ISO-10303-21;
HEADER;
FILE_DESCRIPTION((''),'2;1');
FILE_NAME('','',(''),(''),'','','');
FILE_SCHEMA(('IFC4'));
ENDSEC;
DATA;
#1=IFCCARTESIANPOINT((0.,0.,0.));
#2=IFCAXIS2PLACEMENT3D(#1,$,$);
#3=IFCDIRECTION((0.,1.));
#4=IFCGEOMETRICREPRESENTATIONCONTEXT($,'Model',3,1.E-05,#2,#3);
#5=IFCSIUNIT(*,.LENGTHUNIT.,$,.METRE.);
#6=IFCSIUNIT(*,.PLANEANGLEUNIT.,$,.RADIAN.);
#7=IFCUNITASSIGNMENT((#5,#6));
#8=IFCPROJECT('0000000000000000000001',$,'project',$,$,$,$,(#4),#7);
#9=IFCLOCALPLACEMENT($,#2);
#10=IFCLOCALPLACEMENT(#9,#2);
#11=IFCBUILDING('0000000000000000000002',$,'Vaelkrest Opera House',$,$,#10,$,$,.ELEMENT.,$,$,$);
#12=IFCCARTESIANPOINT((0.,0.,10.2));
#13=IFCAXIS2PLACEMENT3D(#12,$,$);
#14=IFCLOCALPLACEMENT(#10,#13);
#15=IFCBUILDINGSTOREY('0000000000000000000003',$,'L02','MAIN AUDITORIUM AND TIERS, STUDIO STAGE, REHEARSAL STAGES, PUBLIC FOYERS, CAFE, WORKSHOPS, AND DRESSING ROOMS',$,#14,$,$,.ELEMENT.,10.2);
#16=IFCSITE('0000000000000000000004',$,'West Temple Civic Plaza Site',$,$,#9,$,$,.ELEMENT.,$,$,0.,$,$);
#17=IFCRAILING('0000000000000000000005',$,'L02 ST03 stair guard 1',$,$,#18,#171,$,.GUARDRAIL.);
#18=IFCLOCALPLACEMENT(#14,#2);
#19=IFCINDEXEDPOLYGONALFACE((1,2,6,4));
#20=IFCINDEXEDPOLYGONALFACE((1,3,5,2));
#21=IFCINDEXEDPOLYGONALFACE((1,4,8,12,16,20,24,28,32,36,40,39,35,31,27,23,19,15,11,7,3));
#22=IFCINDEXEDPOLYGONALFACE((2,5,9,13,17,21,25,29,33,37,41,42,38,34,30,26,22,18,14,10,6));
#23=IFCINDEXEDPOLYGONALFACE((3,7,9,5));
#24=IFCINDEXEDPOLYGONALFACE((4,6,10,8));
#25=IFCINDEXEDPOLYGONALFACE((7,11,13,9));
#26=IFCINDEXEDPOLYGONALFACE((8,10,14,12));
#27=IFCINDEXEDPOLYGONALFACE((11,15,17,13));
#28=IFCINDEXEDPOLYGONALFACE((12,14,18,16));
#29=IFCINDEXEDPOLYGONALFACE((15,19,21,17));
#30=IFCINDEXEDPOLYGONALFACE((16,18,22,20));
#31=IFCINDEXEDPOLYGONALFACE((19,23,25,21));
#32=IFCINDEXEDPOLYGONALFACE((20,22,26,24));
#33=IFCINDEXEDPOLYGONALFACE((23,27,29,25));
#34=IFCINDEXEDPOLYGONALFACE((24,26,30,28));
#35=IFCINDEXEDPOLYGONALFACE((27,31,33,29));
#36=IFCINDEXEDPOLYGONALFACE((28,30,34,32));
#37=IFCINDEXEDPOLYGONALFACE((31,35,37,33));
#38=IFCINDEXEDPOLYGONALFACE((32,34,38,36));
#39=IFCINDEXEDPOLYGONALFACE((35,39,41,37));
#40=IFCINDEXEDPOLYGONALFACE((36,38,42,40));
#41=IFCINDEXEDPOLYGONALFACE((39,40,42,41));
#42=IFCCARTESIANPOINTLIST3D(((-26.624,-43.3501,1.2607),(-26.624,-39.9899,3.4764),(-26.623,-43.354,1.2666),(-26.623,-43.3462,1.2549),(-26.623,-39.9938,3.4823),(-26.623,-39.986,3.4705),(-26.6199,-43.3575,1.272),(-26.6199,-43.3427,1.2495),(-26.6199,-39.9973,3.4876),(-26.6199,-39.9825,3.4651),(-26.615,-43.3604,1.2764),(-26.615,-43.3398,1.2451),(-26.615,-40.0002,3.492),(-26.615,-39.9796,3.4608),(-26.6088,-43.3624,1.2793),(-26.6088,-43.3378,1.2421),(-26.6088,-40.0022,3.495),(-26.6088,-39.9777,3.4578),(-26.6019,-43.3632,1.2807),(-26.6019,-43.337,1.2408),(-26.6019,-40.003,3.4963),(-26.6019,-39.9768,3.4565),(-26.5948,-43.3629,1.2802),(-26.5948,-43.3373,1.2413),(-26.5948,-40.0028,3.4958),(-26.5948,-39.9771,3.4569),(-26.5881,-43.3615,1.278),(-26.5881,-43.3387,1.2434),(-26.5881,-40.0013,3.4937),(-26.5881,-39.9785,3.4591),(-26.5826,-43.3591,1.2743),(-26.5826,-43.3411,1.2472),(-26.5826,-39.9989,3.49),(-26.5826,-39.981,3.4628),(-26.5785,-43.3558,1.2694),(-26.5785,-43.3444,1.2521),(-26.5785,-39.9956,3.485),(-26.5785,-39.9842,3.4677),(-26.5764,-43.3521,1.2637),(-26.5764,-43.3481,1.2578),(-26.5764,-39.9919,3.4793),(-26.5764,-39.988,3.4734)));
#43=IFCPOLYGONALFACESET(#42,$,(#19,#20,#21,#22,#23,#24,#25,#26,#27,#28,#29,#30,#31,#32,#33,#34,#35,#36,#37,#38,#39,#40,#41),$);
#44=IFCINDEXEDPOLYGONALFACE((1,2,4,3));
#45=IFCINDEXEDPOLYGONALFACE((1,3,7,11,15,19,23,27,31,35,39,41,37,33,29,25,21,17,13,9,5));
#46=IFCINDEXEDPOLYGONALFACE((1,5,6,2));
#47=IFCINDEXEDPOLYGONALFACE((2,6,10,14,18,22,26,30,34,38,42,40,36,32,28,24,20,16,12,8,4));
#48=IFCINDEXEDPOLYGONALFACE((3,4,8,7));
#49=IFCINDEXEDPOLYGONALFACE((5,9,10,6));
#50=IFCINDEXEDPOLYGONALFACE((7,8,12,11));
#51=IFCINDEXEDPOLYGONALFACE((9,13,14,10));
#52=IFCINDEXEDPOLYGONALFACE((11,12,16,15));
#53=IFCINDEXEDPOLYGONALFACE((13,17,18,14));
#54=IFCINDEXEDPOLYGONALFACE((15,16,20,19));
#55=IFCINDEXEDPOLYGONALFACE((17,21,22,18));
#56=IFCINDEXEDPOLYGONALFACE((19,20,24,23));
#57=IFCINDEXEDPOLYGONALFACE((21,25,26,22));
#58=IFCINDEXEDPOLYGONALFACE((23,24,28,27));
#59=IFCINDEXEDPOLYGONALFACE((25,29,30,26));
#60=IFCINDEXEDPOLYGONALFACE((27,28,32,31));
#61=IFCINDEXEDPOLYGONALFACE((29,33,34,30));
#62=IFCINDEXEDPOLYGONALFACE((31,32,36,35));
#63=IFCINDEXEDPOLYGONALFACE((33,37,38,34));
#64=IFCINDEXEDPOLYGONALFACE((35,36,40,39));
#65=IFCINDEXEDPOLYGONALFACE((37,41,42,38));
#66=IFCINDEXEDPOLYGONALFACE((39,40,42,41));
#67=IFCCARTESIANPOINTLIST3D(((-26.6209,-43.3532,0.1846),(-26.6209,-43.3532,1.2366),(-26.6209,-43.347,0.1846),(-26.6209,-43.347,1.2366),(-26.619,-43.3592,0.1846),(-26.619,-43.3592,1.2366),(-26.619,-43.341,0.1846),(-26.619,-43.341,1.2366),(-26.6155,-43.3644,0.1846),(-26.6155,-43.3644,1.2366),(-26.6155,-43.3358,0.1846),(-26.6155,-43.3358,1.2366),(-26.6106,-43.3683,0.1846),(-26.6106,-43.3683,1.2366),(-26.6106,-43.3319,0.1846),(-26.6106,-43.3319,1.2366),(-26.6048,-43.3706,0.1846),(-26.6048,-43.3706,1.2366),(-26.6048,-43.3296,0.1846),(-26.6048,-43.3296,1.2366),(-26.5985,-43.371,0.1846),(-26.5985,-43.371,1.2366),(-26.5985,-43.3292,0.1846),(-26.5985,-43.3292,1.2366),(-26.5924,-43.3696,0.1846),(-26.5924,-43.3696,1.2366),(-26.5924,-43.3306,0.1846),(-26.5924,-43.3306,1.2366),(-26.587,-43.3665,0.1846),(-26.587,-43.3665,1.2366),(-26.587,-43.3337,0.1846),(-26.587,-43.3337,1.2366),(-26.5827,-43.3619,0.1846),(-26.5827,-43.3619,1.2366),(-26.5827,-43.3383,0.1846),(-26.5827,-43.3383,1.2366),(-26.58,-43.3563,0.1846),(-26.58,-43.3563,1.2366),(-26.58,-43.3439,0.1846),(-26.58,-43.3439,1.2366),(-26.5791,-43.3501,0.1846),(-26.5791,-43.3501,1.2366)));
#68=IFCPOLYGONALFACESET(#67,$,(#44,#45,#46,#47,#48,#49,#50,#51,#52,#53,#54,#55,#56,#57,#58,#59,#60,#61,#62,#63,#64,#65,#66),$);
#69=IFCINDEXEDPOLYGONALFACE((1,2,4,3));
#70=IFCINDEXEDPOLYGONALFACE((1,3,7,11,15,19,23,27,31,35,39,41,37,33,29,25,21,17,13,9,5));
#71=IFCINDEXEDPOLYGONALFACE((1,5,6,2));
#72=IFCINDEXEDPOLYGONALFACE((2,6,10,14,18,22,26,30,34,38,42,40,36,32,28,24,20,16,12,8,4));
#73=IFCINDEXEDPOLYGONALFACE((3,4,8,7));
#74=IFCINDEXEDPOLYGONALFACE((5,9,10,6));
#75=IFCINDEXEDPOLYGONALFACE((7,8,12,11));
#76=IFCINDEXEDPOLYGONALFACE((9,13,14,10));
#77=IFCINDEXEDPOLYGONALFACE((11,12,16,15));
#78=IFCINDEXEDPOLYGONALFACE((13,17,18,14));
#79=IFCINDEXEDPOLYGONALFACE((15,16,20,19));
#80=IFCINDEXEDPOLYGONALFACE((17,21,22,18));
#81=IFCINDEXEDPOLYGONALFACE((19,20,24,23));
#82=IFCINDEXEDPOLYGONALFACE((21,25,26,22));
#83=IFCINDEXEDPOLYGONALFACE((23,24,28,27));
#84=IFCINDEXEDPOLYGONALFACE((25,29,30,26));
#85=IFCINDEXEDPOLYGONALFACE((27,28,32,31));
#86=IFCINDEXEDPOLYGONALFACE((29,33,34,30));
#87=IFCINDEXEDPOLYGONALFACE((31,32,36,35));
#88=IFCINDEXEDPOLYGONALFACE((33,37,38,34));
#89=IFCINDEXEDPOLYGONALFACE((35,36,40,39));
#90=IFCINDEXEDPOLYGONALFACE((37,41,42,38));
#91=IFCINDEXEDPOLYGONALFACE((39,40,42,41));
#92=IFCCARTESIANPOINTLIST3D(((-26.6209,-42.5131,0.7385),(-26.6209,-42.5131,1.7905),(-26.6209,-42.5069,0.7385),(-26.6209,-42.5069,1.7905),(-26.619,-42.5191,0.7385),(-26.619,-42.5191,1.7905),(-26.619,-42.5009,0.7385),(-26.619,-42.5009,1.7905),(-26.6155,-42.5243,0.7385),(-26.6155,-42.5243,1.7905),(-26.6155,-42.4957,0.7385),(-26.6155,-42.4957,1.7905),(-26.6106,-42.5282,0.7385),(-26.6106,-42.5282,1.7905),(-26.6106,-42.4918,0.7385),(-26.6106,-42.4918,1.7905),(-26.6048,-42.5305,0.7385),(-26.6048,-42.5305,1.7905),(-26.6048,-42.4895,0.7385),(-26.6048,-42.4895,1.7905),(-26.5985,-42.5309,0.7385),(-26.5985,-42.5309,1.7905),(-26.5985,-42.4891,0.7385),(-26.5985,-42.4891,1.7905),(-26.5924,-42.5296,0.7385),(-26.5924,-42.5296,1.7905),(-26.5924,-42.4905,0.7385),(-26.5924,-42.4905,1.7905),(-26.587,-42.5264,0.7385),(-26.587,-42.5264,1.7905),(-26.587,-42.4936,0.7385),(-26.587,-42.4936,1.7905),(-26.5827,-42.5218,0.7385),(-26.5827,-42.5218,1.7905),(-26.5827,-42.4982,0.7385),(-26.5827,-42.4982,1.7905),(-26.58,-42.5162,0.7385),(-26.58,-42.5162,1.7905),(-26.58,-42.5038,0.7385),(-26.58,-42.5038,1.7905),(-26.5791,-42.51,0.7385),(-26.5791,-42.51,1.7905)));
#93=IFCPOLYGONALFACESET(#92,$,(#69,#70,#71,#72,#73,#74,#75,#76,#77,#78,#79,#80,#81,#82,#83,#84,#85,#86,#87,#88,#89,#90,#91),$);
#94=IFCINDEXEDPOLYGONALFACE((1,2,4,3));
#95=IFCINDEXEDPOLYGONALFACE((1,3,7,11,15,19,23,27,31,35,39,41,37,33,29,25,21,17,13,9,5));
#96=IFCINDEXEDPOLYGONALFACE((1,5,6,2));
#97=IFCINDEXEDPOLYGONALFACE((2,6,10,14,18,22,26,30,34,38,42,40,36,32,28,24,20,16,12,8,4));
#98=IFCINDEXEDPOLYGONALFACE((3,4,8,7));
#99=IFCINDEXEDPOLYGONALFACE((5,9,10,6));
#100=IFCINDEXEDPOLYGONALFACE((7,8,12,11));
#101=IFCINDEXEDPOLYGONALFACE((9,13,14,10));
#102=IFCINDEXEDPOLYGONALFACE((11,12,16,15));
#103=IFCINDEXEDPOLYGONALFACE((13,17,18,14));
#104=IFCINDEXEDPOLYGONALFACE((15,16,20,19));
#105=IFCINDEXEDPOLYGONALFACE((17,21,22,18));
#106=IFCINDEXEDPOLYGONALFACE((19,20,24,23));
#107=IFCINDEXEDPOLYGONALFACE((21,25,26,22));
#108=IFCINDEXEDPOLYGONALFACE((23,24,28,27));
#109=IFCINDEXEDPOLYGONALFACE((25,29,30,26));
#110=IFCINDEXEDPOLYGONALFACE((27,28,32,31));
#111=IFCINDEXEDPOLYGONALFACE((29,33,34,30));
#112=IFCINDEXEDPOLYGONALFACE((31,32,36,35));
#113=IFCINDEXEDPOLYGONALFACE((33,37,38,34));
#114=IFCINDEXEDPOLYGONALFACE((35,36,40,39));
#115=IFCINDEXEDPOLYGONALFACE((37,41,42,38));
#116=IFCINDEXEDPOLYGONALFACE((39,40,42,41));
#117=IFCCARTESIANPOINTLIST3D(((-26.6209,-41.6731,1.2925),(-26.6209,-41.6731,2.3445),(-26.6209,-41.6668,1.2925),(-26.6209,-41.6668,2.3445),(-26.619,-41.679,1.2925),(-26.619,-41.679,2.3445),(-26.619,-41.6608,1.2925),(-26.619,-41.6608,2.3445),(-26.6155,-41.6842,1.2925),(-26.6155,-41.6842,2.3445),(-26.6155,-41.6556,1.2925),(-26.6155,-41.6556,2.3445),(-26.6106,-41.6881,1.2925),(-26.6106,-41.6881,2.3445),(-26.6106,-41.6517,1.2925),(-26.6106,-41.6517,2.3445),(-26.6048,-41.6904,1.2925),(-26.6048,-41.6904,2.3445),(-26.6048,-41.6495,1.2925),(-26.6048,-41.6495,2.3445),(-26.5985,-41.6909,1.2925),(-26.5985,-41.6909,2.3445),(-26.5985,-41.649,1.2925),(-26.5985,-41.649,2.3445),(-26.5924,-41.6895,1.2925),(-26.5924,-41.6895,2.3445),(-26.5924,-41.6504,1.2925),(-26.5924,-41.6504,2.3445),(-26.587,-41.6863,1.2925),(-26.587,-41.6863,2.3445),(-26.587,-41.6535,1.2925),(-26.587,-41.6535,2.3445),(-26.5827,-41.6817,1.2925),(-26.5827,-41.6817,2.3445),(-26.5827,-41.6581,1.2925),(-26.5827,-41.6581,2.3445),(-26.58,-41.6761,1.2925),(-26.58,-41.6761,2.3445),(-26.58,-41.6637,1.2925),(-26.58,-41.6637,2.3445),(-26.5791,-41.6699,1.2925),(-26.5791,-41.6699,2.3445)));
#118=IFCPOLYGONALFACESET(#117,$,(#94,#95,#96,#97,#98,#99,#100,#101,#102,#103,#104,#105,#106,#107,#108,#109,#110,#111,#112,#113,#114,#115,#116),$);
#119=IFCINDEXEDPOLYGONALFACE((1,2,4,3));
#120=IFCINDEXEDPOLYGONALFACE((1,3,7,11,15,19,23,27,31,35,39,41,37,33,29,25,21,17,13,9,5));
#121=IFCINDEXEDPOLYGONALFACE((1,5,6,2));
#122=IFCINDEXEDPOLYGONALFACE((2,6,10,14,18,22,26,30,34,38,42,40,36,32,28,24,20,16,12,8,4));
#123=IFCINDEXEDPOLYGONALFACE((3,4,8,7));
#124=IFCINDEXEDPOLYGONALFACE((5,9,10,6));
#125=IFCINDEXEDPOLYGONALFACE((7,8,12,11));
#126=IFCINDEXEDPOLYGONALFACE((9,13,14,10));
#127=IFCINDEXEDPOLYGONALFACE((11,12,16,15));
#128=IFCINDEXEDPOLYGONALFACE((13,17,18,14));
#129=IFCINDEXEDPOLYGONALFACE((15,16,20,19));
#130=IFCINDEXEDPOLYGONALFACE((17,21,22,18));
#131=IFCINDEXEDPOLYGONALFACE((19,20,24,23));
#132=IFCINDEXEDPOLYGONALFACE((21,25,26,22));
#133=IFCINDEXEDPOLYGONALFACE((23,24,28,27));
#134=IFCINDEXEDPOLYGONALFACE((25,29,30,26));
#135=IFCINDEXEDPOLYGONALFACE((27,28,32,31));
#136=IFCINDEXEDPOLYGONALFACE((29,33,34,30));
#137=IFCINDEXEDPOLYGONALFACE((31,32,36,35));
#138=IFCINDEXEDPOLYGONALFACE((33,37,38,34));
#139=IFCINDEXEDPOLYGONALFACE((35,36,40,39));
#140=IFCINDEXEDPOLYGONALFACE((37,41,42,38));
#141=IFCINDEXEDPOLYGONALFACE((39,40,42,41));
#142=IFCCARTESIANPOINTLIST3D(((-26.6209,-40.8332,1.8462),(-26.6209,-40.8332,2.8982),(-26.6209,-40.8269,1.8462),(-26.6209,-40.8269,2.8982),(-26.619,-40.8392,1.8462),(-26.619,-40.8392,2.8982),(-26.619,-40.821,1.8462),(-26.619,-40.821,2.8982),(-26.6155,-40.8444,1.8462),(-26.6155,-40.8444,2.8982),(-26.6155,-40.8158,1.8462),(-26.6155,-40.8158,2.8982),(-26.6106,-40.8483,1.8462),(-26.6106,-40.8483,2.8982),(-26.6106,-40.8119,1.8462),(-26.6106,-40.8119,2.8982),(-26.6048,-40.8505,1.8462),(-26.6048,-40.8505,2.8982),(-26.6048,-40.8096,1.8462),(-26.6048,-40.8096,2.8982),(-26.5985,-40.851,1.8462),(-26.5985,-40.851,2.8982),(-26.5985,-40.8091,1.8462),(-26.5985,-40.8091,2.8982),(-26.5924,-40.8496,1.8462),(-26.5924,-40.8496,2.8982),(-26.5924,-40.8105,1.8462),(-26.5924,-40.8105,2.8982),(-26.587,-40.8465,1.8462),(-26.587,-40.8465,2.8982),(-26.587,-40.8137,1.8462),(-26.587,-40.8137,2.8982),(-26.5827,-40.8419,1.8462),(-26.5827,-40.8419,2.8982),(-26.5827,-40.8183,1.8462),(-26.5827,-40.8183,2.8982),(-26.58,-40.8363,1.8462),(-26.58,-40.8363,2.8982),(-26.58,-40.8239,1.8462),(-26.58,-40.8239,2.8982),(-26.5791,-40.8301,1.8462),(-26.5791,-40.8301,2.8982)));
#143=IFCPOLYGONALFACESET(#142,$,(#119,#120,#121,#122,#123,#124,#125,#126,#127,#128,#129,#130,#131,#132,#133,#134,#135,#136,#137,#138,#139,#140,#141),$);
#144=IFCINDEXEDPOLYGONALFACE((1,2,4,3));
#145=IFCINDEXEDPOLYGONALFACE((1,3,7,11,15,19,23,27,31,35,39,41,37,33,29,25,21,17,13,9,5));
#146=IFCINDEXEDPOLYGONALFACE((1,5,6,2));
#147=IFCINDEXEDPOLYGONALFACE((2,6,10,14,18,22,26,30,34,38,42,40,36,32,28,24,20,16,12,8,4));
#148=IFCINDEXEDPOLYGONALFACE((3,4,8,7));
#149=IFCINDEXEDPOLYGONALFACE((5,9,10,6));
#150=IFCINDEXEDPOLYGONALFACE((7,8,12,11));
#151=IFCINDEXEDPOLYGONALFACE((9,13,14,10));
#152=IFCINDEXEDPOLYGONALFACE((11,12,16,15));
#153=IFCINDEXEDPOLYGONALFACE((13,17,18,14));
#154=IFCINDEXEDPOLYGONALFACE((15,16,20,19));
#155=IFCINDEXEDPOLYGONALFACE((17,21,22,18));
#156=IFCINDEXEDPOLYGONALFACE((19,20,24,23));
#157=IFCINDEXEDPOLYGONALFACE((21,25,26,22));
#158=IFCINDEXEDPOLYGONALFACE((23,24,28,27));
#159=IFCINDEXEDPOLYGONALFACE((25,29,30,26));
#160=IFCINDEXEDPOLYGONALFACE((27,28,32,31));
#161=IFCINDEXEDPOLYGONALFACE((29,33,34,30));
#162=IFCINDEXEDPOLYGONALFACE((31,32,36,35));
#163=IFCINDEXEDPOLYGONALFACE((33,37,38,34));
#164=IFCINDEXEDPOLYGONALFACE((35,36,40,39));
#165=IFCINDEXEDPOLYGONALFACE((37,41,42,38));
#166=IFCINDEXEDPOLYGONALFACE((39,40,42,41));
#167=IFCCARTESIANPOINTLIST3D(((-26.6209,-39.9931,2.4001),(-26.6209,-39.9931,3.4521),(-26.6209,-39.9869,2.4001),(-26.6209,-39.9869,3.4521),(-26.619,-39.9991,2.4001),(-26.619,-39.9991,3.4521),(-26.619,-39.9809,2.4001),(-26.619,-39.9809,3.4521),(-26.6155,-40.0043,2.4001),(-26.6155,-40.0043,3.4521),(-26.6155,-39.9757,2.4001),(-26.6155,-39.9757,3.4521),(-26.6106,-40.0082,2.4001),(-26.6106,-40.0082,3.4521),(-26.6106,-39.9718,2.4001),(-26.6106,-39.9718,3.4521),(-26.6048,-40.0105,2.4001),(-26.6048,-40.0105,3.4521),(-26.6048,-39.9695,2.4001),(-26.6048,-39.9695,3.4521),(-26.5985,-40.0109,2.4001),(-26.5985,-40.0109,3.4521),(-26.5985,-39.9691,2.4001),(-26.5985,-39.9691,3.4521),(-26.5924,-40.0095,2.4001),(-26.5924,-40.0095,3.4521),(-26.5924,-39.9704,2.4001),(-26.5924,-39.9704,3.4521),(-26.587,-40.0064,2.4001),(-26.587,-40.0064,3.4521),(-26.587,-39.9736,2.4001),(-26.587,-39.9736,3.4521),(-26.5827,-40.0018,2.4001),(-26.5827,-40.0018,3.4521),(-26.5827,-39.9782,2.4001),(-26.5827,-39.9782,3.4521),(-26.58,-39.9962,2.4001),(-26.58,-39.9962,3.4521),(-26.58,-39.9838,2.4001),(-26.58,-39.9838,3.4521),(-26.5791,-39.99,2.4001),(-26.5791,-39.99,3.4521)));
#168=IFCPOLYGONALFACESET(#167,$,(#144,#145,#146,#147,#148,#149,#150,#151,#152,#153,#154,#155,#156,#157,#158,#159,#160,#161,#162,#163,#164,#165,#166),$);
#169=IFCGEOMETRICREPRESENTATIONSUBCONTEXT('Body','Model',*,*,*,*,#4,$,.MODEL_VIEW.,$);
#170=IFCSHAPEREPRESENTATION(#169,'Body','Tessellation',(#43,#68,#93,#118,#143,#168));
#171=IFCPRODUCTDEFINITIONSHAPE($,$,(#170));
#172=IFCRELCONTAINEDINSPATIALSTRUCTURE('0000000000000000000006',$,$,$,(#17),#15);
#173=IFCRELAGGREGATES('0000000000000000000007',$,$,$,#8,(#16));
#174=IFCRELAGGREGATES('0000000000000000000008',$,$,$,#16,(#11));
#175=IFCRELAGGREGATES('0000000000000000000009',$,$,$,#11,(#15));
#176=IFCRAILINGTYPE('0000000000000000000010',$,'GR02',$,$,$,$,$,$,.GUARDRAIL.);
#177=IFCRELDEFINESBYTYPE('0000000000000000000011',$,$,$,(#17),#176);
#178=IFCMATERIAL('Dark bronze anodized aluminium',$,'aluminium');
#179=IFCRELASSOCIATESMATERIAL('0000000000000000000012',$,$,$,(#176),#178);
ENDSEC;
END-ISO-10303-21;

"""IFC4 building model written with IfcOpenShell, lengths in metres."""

from ifc_helpers import new_model, si_unit, direction, frame, origin, origin_2d, place, context, subcontext, project, spatial, circle, extrude, material, type_object, element, save


model = new_model("IFC4")

# Units and contexts
model_context = context("Model", 3, precision=1e-05, world=origin(), true_north=direction((0.0, 1.0)))
body_context = subcontext(model_context, "Body", "Model", "MODEL_VIEW")
ifc_project = project(units=[si_unit("LENGTHUNIT", "METRE"), si_unit("PLANEANGLEUNIT", "RADIAN")], contexts=[model_context])

# Site, building, storey
site_placement = place(None, origin())
site = spatial("IfcSite", under=ifc_project, at=site_placement, Name="West Temple Civic Plaza Site", CompositionType="ELEMENT", RefElevation=0.0)
building_placement = place(site_placement, origin())
building = spatial("IfcBuilding", under=site, at=building_placement, Name="Vaelkrest Opera House", CompositionType="ELEMENT")
storey_placement = place(building_placement, frame((0.0, 0.0, 10.2)))
storey = spatial("IfcBuildingStorey", under=building, at=storey_placement, Name="L02", Description="MAIN AUDITORIUM AND TIERS, STUDIO STAGE, REHEARSAL STAGES, PUBLIC FOYERS, CAFE, WORKSHOPS, AND DRESSING ROOMS", CompositionType="ELEMENT", Elevation=10.2)

# Shared definitions
ifc_material_1 = material(Name="Dark bronze anodized aluminium", Category="aluminium")

# Railing
railing_type_1 = type_object("IfcRailingType", Name="GR02", PredefinedType="GUARDRAIL", material=ifc_material_1)
railing_1_placement = place(storey_placement, frame((-26.6001, -43.3501, 0.1846)))
element("IfcRailing", 1, at=railing_1_placement, inside=storey, type_object=railing_type_1, Name="L02 ST03 stair guard 1", PredefinedType="GUARDRAIL", context=body_context, shape_type="SweptSolid", body=[
    extrude(circle(Radius=0.0239, at=origin_2d()), frame((0.0, 0.0, 1.0762), z_axis=(0.0, 0.834849, 0.55048), x_axis=(-1.0, 0.0, 0.0)), (0.0, 0.0, 1.0), 4.0249),
    extrude(circle(Radius=0.021, at=origin_2d()), origin(), (0.0, 0.0, 1.0), 1.052),
    extrude(circle(Radius=0.021, at=origin_2d()), frame((0.0, 0.8401, 0.554)), (0.0, 0.0, 1.0), 1.052),
    extrude(circle(Radius=0.021, at=origin_2d()), frame((0.0, 1.6802, 1.1079)), (0.0, 0.0, 1.0), 1.052),
    extrude(circle(Radius=0.021, at=origin_2d()), frame((0.0, 2.52, 1.6616)), (0.0, 0.0, 1.0), 1.052),
    extrude(circle(Radius=0.021, at=origin_2d()), frame((0.0, 3.3601, 2.2156)), (0.0, 0.0, 1.0), 1.052),
])

save(model, "model.ifc")
